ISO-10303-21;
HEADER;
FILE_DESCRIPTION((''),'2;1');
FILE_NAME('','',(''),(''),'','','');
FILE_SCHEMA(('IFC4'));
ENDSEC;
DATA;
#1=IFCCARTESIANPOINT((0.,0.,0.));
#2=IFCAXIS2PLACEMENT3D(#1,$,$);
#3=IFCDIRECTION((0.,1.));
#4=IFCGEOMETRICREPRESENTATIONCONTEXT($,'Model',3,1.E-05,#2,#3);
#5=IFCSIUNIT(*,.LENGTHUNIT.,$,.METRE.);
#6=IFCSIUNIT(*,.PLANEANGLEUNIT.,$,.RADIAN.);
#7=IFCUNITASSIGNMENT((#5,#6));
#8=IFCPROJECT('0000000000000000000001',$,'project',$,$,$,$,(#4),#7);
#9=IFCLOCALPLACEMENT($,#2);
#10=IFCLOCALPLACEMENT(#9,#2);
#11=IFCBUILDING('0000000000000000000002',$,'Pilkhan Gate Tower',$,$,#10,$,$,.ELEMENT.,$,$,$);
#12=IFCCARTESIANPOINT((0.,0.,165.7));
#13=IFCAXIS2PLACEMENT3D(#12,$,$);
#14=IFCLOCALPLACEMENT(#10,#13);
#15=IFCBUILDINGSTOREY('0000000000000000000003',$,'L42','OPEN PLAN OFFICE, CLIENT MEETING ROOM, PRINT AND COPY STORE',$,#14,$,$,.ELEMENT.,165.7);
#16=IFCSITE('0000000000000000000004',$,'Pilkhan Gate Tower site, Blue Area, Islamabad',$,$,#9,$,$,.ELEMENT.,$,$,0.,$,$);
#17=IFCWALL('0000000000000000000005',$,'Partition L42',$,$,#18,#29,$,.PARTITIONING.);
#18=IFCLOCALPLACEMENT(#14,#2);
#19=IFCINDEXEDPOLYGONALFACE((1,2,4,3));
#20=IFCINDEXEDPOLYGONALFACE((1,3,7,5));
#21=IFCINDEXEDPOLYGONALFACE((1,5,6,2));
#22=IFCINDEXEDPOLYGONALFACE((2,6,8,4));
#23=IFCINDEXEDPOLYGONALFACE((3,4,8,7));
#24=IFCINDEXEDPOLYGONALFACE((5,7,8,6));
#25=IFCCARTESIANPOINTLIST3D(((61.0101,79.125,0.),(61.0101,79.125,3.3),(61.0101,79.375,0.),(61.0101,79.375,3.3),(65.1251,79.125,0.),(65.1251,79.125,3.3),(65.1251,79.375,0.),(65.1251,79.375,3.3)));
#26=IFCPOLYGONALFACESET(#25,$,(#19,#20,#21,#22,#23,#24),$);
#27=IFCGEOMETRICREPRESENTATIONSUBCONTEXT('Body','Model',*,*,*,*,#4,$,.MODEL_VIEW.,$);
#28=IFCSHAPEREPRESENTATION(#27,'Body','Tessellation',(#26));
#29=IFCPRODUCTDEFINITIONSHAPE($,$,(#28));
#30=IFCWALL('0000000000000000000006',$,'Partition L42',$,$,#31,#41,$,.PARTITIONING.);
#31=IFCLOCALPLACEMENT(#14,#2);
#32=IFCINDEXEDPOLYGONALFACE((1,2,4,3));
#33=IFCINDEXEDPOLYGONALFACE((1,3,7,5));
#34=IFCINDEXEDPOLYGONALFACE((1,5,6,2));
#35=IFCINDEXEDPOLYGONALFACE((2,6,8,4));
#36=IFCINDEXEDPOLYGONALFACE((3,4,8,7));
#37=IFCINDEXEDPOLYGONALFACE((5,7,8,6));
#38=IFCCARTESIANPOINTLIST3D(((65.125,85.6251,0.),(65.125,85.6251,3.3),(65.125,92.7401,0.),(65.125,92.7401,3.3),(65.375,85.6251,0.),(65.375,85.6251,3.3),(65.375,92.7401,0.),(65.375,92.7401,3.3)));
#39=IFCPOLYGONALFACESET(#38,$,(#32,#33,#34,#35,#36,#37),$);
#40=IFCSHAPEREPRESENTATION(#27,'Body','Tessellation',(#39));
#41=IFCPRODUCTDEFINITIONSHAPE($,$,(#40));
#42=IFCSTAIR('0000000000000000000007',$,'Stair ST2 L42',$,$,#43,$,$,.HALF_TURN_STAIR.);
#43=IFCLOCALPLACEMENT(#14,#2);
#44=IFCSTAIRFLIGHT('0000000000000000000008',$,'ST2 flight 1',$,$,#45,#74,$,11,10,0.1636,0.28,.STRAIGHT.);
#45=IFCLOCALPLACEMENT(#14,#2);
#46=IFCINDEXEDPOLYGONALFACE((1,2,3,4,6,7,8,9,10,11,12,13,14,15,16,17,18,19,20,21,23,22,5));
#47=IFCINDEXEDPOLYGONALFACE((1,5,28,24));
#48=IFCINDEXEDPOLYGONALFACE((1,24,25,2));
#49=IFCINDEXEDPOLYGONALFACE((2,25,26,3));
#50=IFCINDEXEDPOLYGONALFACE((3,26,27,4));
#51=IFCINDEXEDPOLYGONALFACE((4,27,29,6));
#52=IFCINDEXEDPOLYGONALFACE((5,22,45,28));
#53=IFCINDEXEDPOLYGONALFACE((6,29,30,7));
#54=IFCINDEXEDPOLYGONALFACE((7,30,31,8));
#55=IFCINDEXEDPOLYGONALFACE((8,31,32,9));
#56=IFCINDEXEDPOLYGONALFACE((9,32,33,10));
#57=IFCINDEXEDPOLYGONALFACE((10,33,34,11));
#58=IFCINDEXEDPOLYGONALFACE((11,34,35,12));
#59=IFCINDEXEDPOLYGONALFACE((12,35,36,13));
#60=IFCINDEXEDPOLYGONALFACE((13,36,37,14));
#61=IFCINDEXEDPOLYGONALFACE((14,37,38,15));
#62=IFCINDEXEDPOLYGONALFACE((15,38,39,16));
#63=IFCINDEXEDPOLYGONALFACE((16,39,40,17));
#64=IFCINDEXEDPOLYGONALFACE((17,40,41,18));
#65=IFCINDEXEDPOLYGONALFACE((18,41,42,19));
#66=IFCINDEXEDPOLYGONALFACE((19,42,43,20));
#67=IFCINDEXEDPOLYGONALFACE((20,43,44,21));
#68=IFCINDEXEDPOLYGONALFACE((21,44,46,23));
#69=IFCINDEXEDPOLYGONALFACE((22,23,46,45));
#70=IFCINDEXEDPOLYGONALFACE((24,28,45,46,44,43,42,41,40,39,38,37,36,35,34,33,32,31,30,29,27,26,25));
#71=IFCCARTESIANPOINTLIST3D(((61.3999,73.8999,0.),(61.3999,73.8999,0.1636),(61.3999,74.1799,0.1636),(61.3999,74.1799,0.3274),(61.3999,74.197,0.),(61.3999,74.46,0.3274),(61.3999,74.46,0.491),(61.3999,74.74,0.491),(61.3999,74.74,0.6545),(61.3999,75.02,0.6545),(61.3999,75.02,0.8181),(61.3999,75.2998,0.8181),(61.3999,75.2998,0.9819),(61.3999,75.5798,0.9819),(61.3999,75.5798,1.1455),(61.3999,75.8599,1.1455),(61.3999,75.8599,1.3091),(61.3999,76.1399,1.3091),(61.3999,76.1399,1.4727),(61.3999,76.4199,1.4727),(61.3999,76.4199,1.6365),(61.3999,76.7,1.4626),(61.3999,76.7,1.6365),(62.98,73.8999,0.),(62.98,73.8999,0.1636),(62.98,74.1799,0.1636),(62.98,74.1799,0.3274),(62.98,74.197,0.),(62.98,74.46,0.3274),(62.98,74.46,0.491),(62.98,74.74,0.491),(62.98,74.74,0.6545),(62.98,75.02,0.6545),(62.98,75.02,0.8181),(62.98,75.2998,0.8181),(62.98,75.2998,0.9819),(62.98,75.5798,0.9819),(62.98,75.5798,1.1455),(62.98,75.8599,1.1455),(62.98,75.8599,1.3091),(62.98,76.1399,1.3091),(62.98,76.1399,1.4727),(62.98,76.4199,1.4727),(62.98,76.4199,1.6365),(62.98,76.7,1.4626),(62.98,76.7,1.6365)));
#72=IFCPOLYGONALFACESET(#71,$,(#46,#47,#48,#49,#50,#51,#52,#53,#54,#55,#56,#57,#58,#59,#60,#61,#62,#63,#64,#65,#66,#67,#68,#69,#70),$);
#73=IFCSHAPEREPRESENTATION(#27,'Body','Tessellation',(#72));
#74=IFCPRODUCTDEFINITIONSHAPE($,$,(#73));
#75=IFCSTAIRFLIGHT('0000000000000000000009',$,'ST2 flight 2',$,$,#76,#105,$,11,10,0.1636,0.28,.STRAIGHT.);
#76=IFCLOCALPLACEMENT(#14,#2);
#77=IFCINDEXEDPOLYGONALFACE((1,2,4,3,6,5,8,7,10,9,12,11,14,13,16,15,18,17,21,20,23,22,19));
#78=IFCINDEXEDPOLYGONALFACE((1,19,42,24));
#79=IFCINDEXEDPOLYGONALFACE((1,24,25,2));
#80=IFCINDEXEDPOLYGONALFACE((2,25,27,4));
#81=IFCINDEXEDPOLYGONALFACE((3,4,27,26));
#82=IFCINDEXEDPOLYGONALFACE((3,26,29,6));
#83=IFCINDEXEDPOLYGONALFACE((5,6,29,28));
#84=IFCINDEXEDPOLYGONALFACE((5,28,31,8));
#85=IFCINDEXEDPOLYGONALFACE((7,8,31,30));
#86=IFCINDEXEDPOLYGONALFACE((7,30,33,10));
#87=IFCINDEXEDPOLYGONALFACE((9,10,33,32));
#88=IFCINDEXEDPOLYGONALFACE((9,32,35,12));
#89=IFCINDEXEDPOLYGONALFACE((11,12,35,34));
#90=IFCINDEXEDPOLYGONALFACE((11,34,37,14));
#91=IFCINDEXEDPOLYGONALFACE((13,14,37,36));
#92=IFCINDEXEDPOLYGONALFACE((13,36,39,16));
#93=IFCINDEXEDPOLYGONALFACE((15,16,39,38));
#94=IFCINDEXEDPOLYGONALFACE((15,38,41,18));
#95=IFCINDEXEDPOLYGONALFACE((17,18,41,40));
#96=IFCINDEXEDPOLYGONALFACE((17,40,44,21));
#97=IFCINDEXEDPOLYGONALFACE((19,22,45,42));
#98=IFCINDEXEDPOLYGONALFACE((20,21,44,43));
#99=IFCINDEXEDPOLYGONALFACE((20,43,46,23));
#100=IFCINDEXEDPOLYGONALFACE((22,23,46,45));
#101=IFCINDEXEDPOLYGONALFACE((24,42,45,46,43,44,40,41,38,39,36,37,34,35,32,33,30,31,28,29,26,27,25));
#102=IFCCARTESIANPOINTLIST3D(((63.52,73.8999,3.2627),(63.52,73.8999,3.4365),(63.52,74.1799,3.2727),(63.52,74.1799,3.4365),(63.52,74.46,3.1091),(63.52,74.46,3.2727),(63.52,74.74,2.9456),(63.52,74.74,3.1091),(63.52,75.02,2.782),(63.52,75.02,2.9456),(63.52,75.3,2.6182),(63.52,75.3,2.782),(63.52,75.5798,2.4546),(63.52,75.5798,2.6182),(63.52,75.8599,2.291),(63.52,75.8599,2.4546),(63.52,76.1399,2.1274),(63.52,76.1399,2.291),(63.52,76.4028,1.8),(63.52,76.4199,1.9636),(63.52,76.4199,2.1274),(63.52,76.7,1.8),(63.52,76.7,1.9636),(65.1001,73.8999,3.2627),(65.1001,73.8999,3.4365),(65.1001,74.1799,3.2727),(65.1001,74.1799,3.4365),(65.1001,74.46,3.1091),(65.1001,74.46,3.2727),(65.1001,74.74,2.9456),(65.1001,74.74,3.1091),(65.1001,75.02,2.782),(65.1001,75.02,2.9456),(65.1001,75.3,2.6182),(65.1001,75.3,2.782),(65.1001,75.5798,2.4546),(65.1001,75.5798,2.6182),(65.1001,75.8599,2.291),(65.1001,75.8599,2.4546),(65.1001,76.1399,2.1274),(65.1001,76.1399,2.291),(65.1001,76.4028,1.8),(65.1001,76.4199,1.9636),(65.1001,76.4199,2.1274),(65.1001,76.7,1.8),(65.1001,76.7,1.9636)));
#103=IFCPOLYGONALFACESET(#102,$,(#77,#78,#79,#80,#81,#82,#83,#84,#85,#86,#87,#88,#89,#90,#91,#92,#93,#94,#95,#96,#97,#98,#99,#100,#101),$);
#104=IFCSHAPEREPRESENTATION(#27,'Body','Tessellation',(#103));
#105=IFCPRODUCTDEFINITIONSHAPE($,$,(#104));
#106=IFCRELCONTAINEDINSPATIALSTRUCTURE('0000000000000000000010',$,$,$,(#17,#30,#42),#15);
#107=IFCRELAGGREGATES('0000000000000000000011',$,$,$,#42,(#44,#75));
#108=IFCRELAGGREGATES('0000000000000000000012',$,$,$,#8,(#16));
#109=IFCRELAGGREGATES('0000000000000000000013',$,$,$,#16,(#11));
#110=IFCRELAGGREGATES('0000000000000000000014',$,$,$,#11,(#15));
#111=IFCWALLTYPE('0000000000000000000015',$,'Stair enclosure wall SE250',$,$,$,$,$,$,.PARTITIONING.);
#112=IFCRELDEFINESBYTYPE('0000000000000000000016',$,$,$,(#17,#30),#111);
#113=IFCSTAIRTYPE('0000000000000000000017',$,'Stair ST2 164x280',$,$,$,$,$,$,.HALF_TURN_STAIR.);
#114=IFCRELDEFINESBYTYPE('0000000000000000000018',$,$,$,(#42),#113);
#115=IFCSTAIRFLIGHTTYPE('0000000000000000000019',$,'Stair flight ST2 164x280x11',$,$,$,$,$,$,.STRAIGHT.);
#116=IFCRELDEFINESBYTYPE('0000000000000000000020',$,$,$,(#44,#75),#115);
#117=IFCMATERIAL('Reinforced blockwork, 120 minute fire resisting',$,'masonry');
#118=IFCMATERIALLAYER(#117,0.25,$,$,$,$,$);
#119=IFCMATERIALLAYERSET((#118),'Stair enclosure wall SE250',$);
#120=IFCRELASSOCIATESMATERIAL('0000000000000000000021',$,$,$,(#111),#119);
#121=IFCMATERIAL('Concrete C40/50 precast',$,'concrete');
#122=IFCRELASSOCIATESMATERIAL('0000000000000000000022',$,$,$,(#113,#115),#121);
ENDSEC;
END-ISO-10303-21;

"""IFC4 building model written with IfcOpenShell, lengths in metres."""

from ifc_helpers import new_model, si_unit, direction, frame, frame_2d, origin, place, context, subcontext, project, spatial, polyline, rectangle, outline, extrude, material, layer, layer_set, type_object, element, aggregate, save


model = new_model("IFC4")

# Units and contexts
model_context = context("Model", 3, precision=1e-05, world=origin(), true_north=direction((0.0, 1.0)))
body_context = subcontext(model_context, "Body", "Model", "MODEL_VIEW")
ifc_project = project(units=[si_unit("LENGTHUNIT", "METRE"), si_unit("PLANEANGLEUNIT", "RADIAN")], contexts=[model_context])

# Site, building, storey
site_placement = place(None, origin())
site = spatial("IfcSite", under=ifc_project, at=site_placement, Name="Pilkhan Gate Tower site, Blue Area, Islamabad", CompositionType="ELEMENT", RefElevation=0.0)
building_placement = place(site_placement, origin())
building = spatial("IfcBuilding", under=site, at=building_placement, Name="Pilkhan Gate Tower", CompositionType="ELEMENT")
storey_placement = place(building_placement, frame((0.0, 0.0, 165.7)))
storey = spatial("IfcBuildingStorey", under=building, at=storey_placement, Name="L42", Description="OPEN PLAN OFFICE, CLIENT MEETING ROOM, PRINT AND COPY STORE", CompositionType="ELEMENT", Elevation=165.7)

# Walls
ifc_material_1 = material(Name="Reinforced blockwork, 120 minute fire resisting", Category="masonry")
ifc_layer_1 = layer(ifc_material_1, 0.25)
ifc_layer_set_1 = layer_set([ifc_layer_1], Name="Stair enclosure wall SE250")
wall_type_1 = type_object("IfcWallType", Name="Stair enclosure wall SE250", PredefinedType="PARTITIONING", material=ifc_layer_set_1)
wall_1_placement = place(storey_placement, frame((61.01, 79.25, 0.0), z_axis=(0.0, 0.0, 1.0), x_axis=(1.0, 0.0, 0.0)))
element("IfcWall", 1, at=wall_1_placement, inside=storey, type_object=wall_type_1, Name="Partition L42", PredefinedType="PARTITIONING", context=body_context, shape_type="SweptSolid", body=[
    extrude(rectangle(XDim=4.115, YDim=0.25, at=frame_2d((2.0576, 0.0))), origin(), (0.0, 0.0, 1.0), 3.3),
])
wall_2_placement = place(storey_placement, frame((65.25, 85.625, 0.0), z_axis=(0.0, 0.0, 1.0), x_axis=(0.0, 1.0, 0.0)))
element("IfcWall", 2, at=wall_2_placement, inside=storey, type_object=wall_type_1, Name="Partition L42", PredefinedType="PARTITIONING", context=body_context, shape_type="SweptSolid", body=[
    extrude(rectangle(XDim=7.115, YDim=0.25, at=frame_2d((3.5576, 0.0))), origin(), (0.0, 0.0, 1.0), 3.3),
])

# Stair, stair flights
ifc_material_2 = material(Name="Concrete C40/50 precast", Category="concrete")
stair_type = type_object("IfcStairType", Name="Stair ST2 164x280", PredefinedType="HALF_TURN_STAIR", material=ifc_material_2)
stair_placement = place(storey_placement, origin())
stair = element("IfcStair", 3, at=stair_placement, inside=storey, type_object=stair_type, Name="Stair ST2 L42", PredefinedType="HALF_TURN_STAIR")
stair_flight_type = type_object("IfcStairFlightType", Name="Stair flight ST2 164x280x11", PredefinedType="STRAIGHT", material=ifc_material_2)
stair_flight_1_placement = place(storey_placement, frame((62.1899, 73.8999, 0.0), z_axis=(0.0, 0.0, 1.0), x_axis=(0.0, 1.0, 0.0)))
stair_flight_1 = element("IfcStairFlight", 4, at=stair_flight_1_placement, type_object=stair_flight_type, Name="ST2 flight 1", NumberOfRisers=11, NumberOfTreads=10, PredefinedType="STRAIGHT", RiserHeight=0.1636, TreadLength=0.28, context=body_context, shape_type="SweptSolid", body=[
    extrude(outline(polyline([(0.0, 0.0), (0.0, 0.1636), (0.28, 0.1636), (0.28, 0.3274), (0.5601, 0.3274), (0.5601, 0.491), (0.8401, 0.491), (0.8401, 0.6545), (1.1201, 0.6545), (1.1201, 0.8181), (1.3999, 0.8181), (1.3999, 0.9819), (1.6799, 0.9819), (1.6799, 1.1455), (1.96, 1.1455), (1.96, 1.3091), (2.24, 1.3091), (2.24, 1.4727), (2.52, 1.4727), (2.52, 1.6365), (2.8, 1.6365), (2.8, 1.8), (2.8, 1.4626), (0.2971, 0.0), (0.0, 0.0)])), frame((0.0, 0.79, 0.0), z_axis=(0.0, -1.0, 0.0), x_axis=(1.0, 0.0, 0.0)), (0.0, 0.0, 1.0), 1.5801),
])
stair_flight_2_placement = place(storey_placement, frame((64.3101, 76.7, 1.8), z_axis=(0.0, 0.0, 1.0), x_axis=(0.0, -1.0, 0.0)))
stair_flight_2 = element("IfcStairFlight", 5, at=stair_flight_2_placement, type_object=stair_flight_type, Name="ST2 flight 2", NumberOfRisers=11, NumberOfTreads=10, PredefinedType="STRAIGHT", RiserHeight=0.1636, TreadLength=0.28, context=body_context, shape_type="SweptSolid", body=[
    extrude(outline(polyline([(0.0, 0.0), (0.0, 0.1636), (0.28, 0.1636), (0.28, 0.3274), (0.5601, 0.3274), (0.5601, 0.491), (0.8401, 0.491), (0.8401, 0.6545), (1.1201, 0.6545), (1.1201, 0.8181), (1.3999, 0.8181), (1.3999, 0.9819), (1.6799, 0.9819), (1.6799, 1.1455), (1.96, 1.1455), (1.96, 1.3091), (2.24, 1.3091), (2.24, 1.4727), (2.52, 1.4727), (2.52, 1.6365), (2.8, 1.6365), (2.8, 1.8), (2.8, 1.4626), (0.2971, 0.0), (0.0, 0.0)])), frame((0.0, 0.79, 0.0), z_axis=(0.0, -1.0, 0.0), x_axis=(1.0, 0.0, 0.0)), (0.0, 0.0, 1.0), 1.5801),
])
aggregate(stair, [stair_flight_1, stair_flight_2])

save(model, "model.ifc")
